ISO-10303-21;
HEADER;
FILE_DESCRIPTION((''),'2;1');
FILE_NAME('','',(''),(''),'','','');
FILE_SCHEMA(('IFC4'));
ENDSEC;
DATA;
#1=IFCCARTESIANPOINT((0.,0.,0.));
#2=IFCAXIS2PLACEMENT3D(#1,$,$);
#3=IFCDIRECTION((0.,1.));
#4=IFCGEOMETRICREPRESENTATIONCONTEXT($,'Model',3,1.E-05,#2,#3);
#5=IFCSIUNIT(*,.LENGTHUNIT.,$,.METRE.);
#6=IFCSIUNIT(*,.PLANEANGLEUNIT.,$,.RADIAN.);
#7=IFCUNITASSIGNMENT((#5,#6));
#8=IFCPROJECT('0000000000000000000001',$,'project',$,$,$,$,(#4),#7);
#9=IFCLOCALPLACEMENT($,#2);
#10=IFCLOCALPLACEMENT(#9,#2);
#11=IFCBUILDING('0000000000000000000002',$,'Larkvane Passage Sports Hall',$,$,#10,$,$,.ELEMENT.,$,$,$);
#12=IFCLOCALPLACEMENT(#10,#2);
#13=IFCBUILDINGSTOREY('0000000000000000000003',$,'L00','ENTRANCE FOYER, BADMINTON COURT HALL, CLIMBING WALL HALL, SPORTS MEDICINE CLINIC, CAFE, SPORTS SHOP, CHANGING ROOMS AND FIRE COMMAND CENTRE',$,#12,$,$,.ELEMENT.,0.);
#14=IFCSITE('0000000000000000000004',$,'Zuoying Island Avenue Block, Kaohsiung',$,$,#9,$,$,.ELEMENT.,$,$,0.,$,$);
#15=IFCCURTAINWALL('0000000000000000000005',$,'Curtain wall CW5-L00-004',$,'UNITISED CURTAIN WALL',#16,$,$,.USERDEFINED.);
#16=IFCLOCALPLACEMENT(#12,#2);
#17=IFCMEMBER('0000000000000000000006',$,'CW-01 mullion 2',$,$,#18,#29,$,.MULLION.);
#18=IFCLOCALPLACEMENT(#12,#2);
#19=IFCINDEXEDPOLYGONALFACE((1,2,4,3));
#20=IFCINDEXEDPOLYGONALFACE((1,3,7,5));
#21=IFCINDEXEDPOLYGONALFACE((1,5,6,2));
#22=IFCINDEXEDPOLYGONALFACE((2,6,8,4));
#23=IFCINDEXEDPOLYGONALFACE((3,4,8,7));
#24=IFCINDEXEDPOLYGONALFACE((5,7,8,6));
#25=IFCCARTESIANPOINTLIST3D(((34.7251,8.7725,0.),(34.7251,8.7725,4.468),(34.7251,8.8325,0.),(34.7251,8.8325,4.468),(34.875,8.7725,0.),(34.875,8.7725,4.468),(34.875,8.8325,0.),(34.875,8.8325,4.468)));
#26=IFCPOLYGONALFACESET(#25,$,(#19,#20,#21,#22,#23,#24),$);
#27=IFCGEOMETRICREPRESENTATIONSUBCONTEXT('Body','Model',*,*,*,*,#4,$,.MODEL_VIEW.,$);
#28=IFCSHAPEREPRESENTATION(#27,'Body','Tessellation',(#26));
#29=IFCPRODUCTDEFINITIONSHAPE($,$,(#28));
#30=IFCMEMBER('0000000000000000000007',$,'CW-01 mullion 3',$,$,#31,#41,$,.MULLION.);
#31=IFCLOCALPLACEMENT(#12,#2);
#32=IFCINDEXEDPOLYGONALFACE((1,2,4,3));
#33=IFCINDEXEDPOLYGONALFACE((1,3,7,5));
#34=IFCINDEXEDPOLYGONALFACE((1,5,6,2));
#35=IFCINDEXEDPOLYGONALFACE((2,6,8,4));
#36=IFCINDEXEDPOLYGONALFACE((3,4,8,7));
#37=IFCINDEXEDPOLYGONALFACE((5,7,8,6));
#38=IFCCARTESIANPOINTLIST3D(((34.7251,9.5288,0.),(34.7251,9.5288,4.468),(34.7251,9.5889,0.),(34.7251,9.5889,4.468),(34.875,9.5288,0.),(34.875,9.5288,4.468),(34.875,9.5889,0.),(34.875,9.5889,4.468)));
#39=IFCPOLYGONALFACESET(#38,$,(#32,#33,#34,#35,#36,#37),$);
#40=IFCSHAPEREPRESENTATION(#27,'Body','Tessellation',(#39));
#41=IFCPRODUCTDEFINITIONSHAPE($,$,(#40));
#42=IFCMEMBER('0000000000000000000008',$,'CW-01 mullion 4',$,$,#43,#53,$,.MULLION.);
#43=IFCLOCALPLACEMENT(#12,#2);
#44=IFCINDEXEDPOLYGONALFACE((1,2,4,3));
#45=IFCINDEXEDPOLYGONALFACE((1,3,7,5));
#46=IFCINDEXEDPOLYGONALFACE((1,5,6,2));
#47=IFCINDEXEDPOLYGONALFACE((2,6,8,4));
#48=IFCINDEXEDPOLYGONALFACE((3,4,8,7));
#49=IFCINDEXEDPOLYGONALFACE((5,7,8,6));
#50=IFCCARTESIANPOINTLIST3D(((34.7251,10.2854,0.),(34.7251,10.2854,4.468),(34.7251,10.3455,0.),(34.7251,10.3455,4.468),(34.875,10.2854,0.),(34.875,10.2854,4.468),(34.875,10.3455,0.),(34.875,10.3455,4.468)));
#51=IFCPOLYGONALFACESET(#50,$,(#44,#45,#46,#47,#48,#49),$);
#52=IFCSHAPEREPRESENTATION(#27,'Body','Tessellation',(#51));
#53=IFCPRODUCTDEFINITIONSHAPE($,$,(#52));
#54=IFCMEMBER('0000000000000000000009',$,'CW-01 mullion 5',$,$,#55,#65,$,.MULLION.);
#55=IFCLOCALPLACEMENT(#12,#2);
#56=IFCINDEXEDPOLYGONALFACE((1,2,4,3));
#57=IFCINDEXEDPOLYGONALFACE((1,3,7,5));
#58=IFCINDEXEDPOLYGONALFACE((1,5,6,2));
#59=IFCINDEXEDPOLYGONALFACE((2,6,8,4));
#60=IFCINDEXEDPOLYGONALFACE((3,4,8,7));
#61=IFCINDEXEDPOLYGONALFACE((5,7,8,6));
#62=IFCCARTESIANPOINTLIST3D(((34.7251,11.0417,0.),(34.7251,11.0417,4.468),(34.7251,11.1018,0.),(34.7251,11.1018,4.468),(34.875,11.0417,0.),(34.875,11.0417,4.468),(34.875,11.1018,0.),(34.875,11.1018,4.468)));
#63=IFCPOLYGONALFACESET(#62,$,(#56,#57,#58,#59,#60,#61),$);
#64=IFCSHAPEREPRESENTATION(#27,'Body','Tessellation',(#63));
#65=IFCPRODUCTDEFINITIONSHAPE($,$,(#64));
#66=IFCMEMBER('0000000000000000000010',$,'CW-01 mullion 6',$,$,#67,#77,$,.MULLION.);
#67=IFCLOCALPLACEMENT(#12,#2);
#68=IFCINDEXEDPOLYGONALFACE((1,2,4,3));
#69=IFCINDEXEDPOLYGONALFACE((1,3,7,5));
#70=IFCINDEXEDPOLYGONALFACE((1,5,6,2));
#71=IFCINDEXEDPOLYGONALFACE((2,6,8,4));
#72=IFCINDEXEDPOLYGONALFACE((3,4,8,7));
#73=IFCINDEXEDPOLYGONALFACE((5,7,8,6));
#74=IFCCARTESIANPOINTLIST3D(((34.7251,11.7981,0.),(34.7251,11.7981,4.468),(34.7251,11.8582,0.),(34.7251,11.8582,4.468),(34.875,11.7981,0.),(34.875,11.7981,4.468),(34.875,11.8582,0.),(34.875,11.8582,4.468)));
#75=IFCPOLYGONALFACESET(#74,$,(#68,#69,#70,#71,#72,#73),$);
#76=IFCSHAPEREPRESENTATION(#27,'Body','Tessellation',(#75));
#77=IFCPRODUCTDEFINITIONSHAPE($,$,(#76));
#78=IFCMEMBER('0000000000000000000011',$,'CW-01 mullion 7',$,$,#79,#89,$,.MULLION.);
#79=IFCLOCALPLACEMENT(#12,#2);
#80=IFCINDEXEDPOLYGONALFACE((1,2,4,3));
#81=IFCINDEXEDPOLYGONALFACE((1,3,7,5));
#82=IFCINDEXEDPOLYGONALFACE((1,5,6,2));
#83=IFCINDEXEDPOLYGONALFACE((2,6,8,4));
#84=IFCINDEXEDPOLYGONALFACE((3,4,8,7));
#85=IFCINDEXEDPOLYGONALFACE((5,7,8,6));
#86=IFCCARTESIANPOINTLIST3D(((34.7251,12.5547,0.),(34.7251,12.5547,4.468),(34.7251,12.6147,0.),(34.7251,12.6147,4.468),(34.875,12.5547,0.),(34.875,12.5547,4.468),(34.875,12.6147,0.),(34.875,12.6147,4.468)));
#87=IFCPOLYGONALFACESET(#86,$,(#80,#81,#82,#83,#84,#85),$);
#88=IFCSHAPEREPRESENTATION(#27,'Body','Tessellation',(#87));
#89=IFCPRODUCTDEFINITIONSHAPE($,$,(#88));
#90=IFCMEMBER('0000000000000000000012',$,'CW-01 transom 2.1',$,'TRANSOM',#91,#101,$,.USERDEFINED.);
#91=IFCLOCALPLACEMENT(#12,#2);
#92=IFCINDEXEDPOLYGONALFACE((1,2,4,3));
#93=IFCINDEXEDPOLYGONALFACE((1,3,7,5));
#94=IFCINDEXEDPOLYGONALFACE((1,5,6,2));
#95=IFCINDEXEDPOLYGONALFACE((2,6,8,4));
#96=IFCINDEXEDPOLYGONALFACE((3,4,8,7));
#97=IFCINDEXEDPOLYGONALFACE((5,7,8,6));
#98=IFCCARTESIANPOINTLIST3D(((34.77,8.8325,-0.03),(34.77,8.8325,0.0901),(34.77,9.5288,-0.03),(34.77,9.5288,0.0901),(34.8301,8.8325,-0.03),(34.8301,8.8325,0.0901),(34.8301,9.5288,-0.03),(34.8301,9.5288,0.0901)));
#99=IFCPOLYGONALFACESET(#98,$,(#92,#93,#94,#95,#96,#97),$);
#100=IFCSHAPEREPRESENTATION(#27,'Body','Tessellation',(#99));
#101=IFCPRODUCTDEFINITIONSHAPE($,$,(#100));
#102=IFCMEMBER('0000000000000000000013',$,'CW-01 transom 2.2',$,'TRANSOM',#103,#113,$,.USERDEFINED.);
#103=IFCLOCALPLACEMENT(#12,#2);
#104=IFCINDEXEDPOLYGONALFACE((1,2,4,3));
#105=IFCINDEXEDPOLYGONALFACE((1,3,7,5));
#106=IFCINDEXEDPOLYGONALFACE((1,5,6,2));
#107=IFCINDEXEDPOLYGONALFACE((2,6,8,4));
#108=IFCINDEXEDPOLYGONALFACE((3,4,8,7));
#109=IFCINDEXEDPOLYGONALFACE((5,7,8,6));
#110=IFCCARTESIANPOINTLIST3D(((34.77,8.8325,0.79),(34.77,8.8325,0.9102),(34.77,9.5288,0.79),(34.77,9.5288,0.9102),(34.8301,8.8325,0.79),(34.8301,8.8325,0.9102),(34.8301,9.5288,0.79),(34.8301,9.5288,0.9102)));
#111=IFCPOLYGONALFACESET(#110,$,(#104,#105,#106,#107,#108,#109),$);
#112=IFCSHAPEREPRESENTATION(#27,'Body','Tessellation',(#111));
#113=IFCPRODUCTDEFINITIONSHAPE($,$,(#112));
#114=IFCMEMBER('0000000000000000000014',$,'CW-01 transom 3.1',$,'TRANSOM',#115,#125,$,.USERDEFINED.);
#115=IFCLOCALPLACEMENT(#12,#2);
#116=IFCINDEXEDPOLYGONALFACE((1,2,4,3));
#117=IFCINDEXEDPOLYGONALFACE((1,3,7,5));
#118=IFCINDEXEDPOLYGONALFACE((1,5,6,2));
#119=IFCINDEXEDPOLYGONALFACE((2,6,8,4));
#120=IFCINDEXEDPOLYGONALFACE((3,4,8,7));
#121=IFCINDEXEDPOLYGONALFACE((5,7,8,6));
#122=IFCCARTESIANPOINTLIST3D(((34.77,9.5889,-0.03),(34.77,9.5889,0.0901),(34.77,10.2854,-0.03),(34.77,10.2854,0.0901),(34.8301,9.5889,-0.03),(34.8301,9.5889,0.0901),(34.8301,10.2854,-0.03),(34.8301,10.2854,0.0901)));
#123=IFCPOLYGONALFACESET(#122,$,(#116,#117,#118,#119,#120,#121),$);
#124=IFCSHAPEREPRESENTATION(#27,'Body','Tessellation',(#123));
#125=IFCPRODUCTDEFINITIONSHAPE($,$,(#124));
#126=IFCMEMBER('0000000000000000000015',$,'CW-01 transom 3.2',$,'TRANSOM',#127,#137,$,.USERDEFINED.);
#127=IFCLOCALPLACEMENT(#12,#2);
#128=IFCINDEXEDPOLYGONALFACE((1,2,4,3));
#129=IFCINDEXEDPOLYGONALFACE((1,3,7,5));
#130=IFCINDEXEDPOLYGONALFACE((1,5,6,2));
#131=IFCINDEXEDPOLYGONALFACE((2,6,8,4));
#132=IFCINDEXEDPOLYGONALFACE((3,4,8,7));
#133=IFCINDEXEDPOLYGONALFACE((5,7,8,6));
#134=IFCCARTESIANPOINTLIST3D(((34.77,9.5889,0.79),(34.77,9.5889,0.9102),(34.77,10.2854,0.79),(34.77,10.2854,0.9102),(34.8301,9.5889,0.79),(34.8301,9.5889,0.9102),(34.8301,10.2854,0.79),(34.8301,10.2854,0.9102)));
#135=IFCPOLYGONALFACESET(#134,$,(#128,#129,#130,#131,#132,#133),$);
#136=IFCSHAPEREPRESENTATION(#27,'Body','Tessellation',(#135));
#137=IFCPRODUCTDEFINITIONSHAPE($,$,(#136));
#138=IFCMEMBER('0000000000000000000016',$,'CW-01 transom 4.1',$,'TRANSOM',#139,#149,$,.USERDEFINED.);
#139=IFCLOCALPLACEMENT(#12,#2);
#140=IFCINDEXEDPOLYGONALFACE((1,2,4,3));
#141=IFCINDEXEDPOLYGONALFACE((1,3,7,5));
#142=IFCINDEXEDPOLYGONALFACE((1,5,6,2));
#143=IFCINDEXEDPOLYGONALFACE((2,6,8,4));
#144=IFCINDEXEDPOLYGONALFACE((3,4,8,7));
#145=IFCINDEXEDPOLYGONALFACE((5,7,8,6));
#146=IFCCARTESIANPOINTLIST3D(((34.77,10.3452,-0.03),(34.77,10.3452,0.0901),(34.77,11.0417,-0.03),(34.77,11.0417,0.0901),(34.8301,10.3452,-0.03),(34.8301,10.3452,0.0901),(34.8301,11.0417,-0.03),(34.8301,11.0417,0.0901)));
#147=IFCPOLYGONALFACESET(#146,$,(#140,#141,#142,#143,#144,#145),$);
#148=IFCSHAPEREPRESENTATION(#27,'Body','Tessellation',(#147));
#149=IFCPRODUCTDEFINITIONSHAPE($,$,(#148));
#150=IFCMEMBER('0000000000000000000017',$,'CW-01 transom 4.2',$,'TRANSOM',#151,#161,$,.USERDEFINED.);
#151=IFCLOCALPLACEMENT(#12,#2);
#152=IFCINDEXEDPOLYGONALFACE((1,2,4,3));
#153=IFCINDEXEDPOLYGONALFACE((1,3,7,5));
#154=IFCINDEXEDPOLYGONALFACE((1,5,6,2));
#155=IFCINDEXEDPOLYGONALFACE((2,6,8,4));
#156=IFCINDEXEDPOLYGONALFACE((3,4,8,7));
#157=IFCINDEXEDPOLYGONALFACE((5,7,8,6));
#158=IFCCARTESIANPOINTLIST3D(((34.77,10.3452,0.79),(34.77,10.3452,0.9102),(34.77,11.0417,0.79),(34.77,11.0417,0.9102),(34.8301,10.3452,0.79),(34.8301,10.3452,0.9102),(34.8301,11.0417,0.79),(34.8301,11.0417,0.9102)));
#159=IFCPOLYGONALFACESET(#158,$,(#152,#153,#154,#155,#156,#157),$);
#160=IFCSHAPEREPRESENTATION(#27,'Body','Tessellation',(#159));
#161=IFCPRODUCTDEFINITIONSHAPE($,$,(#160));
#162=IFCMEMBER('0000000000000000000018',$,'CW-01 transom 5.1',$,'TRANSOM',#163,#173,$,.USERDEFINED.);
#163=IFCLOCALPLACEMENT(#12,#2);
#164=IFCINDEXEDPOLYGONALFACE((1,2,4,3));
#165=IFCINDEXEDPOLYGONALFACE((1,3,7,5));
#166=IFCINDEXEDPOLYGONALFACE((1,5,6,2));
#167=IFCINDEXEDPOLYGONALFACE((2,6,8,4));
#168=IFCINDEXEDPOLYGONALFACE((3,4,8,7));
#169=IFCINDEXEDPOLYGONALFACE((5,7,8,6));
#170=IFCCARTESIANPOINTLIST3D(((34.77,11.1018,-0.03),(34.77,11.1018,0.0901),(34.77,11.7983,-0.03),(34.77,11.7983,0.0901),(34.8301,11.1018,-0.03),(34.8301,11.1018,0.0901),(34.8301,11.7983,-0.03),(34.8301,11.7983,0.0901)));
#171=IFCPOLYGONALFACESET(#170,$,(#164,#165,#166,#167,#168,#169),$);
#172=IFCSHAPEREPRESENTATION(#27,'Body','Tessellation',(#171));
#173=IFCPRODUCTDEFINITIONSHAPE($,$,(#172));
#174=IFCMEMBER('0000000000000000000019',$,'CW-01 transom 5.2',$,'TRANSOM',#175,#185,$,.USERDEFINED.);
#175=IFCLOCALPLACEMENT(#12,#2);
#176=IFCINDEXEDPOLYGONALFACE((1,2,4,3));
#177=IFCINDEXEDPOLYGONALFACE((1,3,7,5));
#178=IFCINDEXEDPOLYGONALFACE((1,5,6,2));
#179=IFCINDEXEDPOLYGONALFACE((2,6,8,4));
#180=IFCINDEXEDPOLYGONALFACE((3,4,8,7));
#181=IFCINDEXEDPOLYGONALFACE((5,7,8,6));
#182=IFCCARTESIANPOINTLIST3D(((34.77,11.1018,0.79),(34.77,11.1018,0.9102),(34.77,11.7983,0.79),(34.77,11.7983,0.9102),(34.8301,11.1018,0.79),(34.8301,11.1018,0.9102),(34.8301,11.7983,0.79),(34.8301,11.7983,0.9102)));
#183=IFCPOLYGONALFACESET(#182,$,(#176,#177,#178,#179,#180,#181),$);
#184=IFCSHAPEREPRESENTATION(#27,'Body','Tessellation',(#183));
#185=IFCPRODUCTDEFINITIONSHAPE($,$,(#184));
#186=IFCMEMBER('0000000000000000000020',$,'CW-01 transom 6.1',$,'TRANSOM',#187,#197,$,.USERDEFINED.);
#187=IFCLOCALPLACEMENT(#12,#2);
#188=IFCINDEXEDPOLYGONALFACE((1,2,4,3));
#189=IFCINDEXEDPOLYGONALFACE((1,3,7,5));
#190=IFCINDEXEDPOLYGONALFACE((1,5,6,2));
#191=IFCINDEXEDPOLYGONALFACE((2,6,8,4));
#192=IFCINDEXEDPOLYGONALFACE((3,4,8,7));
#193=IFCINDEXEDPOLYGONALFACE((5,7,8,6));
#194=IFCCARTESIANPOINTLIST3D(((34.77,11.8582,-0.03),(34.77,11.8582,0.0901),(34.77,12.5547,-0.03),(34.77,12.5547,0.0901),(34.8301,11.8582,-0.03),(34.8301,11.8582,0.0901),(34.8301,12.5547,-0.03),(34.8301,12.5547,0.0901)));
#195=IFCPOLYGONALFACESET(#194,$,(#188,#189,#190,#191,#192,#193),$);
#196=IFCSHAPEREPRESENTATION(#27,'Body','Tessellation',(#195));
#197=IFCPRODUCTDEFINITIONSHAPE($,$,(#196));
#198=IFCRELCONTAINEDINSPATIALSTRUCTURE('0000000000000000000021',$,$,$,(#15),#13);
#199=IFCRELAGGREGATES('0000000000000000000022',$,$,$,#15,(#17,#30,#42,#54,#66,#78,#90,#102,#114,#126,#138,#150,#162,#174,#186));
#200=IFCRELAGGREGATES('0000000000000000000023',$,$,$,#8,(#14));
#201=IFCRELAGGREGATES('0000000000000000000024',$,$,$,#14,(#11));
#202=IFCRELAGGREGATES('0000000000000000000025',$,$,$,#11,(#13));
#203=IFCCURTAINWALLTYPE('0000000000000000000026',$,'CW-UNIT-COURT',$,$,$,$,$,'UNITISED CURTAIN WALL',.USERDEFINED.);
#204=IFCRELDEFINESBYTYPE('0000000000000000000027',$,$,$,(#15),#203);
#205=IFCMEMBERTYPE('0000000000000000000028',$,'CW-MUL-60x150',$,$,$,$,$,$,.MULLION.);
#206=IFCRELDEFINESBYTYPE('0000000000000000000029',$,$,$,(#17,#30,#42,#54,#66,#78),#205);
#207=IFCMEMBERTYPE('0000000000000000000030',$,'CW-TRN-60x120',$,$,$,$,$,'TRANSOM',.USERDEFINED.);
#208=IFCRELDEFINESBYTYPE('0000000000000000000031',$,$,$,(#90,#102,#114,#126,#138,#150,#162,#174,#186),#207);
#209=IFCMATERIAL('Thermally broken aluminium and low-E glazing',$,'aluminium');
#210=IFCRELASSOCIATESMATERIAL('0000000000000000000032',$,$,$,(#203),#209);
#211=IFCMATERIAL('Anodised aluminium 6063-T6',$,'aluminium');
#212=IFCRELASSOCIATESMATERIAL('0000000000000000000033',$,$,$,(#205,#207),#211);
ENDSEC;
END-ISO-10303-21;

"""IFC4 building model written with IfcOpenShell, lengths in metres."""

from ifc_helpers import new_model, si_unit, direction, frame, origin, origin_2d, place, context, subcontext, project, spatial, rectangle, extrude, material, material_profile, profile_set, type_object, element, aggregate, save


model = new_model("IFC4")

# Units and contexts
model_context = context("Model", 3, precision=1e-05, world=origin(), true_north=direction((0.0, 1.0)))
body_context = subcontext(model_context, "Body", "Model", "MODEL_VIEW")
ifc_project = project(units=[si_unit("LENGTHUNIT", "METRE"), si_unit("PLANEANGLEUNIT", "RADIAN")], contexts=[model_context])

# Site, building, storey
site_placement = place(None, origin())
site = spatial("IfcSite", under=ifc_project, at=site_placement, Name="Zuoying Island Avenue Block, Kaohsiung", CompositionType="ELEMENT", RefElevation=0.0)
building_placement = place(site_placement, origin())
building = spatial("IfcBuilding", under=site, at=building_placement, Name="Larkvane Passage Sports Hall", CompositionType="ELEMENT")
storey_placement = place(building_placement, origin())
storey = spatial("IfcBuildingStorey", under=building, at=storey_placement, Name="L00", Description="ENTRANCE FOYER, BADMINTON COURT HALL, CLIMBING WALL HALL, SPORTS MEDICINE CLINIC, CAFE, SPORTS SHOP, CHANGING ROOMS AND FIRE COMMAND CENTRE", CompositionType="ELEMENT", Elevation=0.0)

# Curtain wall, members
ifc_material_1 = material(Name="Thermally broken aluminium and low-E glazing", Category="aluminium")
curtain_wall_type = type_object("IfcCurtainWallType", Name="CW-UNIT-COURT", ElementType="UNITISED CURTAIN WALL", PredefinedType="USERDEFINED", material=ifc_material_1)
curtain_wall_placement = place(storey_placement, origin())
curtain_wall = element("IfcCurtainWall", 1, at=curtain_wall_placement, inside=storey, type_object=curtain_wall_type, Name="Curtain wall CW5-L00-004", ObjectType="UNITISED CURTAIN WALL", PredefinedType="USERDEFINED")
ifc_material_2 = material(Name="Anodised aluminium 6063-T6", Category="aluminium")
ifc_material_profile_1 = material_profile(ifc_material_2, rectangle(XDim=0.0601, YDim=0.1499, at=origin_2d()), Name="ALU-MUL-60x150")
ifc_profile_set_1 = profile_set([ifc_material_profile_1], Name="Anodised aluminium 6063-T6")
member_type_1 = type_object("IfcMemberType", Name="CW-MUL-60x150", PredefinedType="MULLION", material=ifc_profile_set_1)
member_1_placement = place(storey_placement, frame((34.8, 8.8025, 0.0), z_axis=(0.0, 0.0, 1.0), x_axis=(0.0, 1.0, 0.0)))
member_1 = element("IfcMember", 2, at=member_1_placement, type_object=member_type_1, Name="CW-01 mullion 2", PredefinedType="MULLION", context=body_context, shape_type="SweptSolid", body=[
    extrude(rectangle(XDim=0.0601, YDim=0.1499, at=origin_2d()), origin(), (0.0, 0.0, 1.0), 4.468),
])
member_2_placement = place(storey_placement, frame((34.8, 9.5588, 0.0), z_axis=(0.0, 0.0, 1.0), x_axis=(0.0, 1.0, 0.0)))
member_2 = element("IfcMember", 3, at=member_2_placement, type_object=member_type_1, Name="CW-01 mullion 3", PredefinedType="MULLION", context=body_context, shape_type="SweptSolid", body=[
    extrude(rectangle(XDim=0.0601, YDim=0.1499, at=origin_2d()), origin(), (0.0, 0.0, 1.0), 4.468),
])
member_3_placement = place(storey_placement, frame((34.8, 10.3154, 0.0), z_axis=(0.0, 0.0, 1.0), x_axis=(0.0, 1.0, 0.0)))
member_3 = element("IfcMember", 4, at=member_3_placement, type_object=member_type_1, Name="CW-01 mullion 4", PredefinedType="MULLION", context=body_context, shape_type="SweptSolid", body=[
    extrude(rectangle(XDim=0.0601, YDim=0.1499, at=origin_2d()), origin(), (0.0, 0.0, 1.0), 4.468),
])
member_4_placement = place(storey_placement, frame((34.8, 11.0718, 0.0), z_axis=(0.0, 0.0, 1.0), x_axis=(0.0, 1.0, 0.0)))
member_4 = element("IfcMember", 5, at=member_4_placement, type_object=member_type_1, Name="CW-01 mullion 5", PredefinedType="MULLION", context=body_context, shape_type="SweptSolid", body=[
    extrude(rectangle(XDim=0.0601, YDim=0.1499, at=origin_2d()), origin(), (0.0, 0.0, 1.0), 4.468),
])
member_5_placement = place(storey_placement, frame((34.8, 11.8281, 0.0), z_axis=(0.0, 0.0, 1.0), x_axis=(0.0, 1.0, 0.0)))
member_5 = element("IfcMember", 6, at=member_5_placement, type_object=member_type_1, Name="CW-01 mullion 6", PredefinedType="MULLION", context=body_context, shape_type="SweptSolid", body=[
    extrude(rectangle(XDim=0.0601, YDim=0.1499, at=origin_2d()), origin(), (0.0, 0.0, 1.0), 4.468),
])
member_6_placement = place(storey_placement, frame((34.8, 12.5847, 0.0), z_axis=(0.0, 0.0, 1.0), x_axis=(0.0, 1.0, 0.0)))
member_6 = element("IfcMember", 7, at=member_6_placement, type_object=member_type_1, Name="CW-01 mullion 7", PredefinedType="MULLION", context=body_context, shape_type="SweptSolid", body=[
    extrude(rectangle(XDim=0.0601, YDim=0.1499, at=origin_2d()), origin(), (0.0, 0.0, 1.0), 4.468),
])
ifc_material_profile_2 = material_profile(ifc_material_2, rectangle(XDim=0.0601, YDim=0.1201, at=origin_2d()), Name="ALU-TRN-60x120")
ifc_profile_set_2 = profile_set([ifc_material_profile_2], Name="Anodised aluminium 6063-T6")
member_type_2 = type_object("IfcMemberType", Name="CW-TRN-60x120", ElementType="TRANSOM", PredefinedType="USERDEFINED", material=ifc_profile_set_2)
member_7_placement = place(storey_placement, frame((34.8, 8.8325, 0.03), z_axis=(0.0, 1.0, 0.0), x_axis=(-1.0, 0.0, 0.0)))
member_7 = element("IfcMember", 8, at=member_7_placement, type_object=member_type_2, Name="CW-01 transom 2.1", ObjectType="TRANSOM", PredefinedType="USERDEFINED", context=body_context, shape_type="SweptSolid", body=[
    extrude(rectangle(XDim=0.0601, YDim=0.1201, at=origin_2d()), origin(), (0.0, 0.0, 1.0), 0.6963),
])
member_8_placement = place(storey_placement, frame((34.8, 8.8325, 0.8501), z_axis=(0.0, 1.0, 0.0), x_axis=(-1.0, 0.0, 0.0)))
member_8 = element("IfcMember", 9, at=member_8_placement, type_object=member_type_2, Name="CW-01 transom 2.2", ObjectType="TRANSOM", PredefinedType="USERDEFINED", context=body_context, shape_type="SweptSolid", body=[
    extrude(rectangle(XDim=0.0601, YDim=0.1201, at=origin_2d()), origin(), (0.0, 0.0, 1.0), 0.6963),
])
member_9_placement = place(storey_placement, frame((34.8, 9.5889, 0.03), z_axis=(0.0, 1.0, 0.0), x_axis=(-1.0, 0.0, 0.0)))
member_9 = element("IfcMember", 10, at=member_9_placement, type_object=member_type_2, Name="CW-01 transom 3.1", ObjectType="TRANSOM", PredefinedType="USERDEFINED", context=body_context, shape_type="SweptSolid", body=[
    extrude(rectangle(XDim=0.0601, YDim=0.1201, at=origin_2d()), origin(), (0.0, 0.0, 1.0), 0.6965),
])
member_10_placement = place(storey_placement, frame((34.8, 9.5889, 0.8501), z_axis=(0.0, 1.0, 0.0), x_axis=(-1.0, 0.0, 0.0)))
member_10 = element("IfcMember", 11, at=member_10_placement, type_object=member_type_2, Name="CW-01 transom 3.2", ObjectType="TRANSOM", PredefinedType="USERDEFINED", context=body_context, shape_type="SweptSolid", body=[
    extrude(rectangle(XDim=0.0601, YDim=0.1201, at=origin_2d()), origin(), (0.0, 0.0, 1.0), 0.6965),
])
member_11_placement = place(storey_placement, frame((34.8, 10.3452, 0.03), z_axis=(0.0, 1.0, 0.0), x_axis=(-1.0, 0.0, 0.0)))
member_11 = element("IfcMember", 12, at=member_11_placement, type_object=member_type_2, Name="CW-01 transom 4.1", ObjectType="TRANSOM", PredefinedType="USERDEFINED", context=body_context, shape_type="SweptSolid", body=[
    extrude(rectangle(XDim=0.0601, YDim=0.1201, at=origin_2d()), origin(), (0.0, 0.0, 1.0), 0.6965),
])
member_12_placement = place(storey_placement, frame((34.8, 10.3452, 0.8501), z_axis=(0.0, 1.0, 0.0), x_axis=(-1.0, 0.0, 0.0)))
member_12 = element("IfcMember", 13, at=member_12_placement, type_object=member_type_2, Name="CW-01 transom 4.2", ObjectType="TRANSOM", PredefinedType="USERDEFINED", context=body_context, shape_type="SweptSolid", body=[
    extrude(rectangle(XDim=0.0601, YDim=0.1201, at=origin_2d()), origin(), (0.0, 0.0, 1.0), 0.6965),
])
member_13_placement = place(storey_placement, frame((34.8, 11.1018, 0.03), z_axis=(0.0, 1.0, 0.0), x_axis=(-1.0, 0.0, 0.0)))
member_13 = element("IfcMember", 14, at=member_13_placement, type_object=member_type_2, Name="CW-01 transom 5.1", ObjectType="TRANSOM", PredefinedType="USERDEFINED", context=body_context, shape_type="SweptSolid", body=[
    extrude(rectangle(XDim=0.0601, YDim=0.1201, at=origin_2d()), origin(), (0.0, 0.0, 1.0), 0.6965),
])
member_14_placement = place(storey_placement, frame((34.8, 11.1018, 0.8501), z_axis=(0.0, 1.0, 0.0), x_axis=(-1.0, 0.0, 0.0)))
member_14 = element("IfcMember", 15, at=member_14_placement, type_object=member_type_2, Name="CW-01 transom 5.2", ObjectType="TRANSOM", PredefinedType="USERDEFINED", context=body_context, shape_type="SweptSolid", body=[
    extrude(rectangle(XDim=0.0601, YDim=0.1201, at=origin_2d()), origin(), (0.0, 0.0, 1.0), 0.6965),
])
member_15_placement = place(storey_placement, frame((34.8, 11.8582, 0.03), z_axis=(0.0, 1.0, 0.0), x_axis=(-1.0, 0.0, 0.0)))
member_15 = element("IfcMember", 16, at=member_15_placement, type_object=member_type_2, Name="CW-01 transom 6.1", ObjectType="TRANSOM", PredefinedType="USERDEFINED", context=body_context, shape_type="SweptSolid", body=[
    extrude(rectangle(XDim=0.0601, YDim=0.1201, at=origin_2d()), origin(), (0.0, 0.0, 1.0), 0.6965),
])
aggregate(curtain_wall, [member_1, member_2, member_3, member_4, member_5, member_6, member_7, member_8, member_9, member_10, member_11, member_12, member_13, member_14, member_15])

save(model, "model.ifc")
